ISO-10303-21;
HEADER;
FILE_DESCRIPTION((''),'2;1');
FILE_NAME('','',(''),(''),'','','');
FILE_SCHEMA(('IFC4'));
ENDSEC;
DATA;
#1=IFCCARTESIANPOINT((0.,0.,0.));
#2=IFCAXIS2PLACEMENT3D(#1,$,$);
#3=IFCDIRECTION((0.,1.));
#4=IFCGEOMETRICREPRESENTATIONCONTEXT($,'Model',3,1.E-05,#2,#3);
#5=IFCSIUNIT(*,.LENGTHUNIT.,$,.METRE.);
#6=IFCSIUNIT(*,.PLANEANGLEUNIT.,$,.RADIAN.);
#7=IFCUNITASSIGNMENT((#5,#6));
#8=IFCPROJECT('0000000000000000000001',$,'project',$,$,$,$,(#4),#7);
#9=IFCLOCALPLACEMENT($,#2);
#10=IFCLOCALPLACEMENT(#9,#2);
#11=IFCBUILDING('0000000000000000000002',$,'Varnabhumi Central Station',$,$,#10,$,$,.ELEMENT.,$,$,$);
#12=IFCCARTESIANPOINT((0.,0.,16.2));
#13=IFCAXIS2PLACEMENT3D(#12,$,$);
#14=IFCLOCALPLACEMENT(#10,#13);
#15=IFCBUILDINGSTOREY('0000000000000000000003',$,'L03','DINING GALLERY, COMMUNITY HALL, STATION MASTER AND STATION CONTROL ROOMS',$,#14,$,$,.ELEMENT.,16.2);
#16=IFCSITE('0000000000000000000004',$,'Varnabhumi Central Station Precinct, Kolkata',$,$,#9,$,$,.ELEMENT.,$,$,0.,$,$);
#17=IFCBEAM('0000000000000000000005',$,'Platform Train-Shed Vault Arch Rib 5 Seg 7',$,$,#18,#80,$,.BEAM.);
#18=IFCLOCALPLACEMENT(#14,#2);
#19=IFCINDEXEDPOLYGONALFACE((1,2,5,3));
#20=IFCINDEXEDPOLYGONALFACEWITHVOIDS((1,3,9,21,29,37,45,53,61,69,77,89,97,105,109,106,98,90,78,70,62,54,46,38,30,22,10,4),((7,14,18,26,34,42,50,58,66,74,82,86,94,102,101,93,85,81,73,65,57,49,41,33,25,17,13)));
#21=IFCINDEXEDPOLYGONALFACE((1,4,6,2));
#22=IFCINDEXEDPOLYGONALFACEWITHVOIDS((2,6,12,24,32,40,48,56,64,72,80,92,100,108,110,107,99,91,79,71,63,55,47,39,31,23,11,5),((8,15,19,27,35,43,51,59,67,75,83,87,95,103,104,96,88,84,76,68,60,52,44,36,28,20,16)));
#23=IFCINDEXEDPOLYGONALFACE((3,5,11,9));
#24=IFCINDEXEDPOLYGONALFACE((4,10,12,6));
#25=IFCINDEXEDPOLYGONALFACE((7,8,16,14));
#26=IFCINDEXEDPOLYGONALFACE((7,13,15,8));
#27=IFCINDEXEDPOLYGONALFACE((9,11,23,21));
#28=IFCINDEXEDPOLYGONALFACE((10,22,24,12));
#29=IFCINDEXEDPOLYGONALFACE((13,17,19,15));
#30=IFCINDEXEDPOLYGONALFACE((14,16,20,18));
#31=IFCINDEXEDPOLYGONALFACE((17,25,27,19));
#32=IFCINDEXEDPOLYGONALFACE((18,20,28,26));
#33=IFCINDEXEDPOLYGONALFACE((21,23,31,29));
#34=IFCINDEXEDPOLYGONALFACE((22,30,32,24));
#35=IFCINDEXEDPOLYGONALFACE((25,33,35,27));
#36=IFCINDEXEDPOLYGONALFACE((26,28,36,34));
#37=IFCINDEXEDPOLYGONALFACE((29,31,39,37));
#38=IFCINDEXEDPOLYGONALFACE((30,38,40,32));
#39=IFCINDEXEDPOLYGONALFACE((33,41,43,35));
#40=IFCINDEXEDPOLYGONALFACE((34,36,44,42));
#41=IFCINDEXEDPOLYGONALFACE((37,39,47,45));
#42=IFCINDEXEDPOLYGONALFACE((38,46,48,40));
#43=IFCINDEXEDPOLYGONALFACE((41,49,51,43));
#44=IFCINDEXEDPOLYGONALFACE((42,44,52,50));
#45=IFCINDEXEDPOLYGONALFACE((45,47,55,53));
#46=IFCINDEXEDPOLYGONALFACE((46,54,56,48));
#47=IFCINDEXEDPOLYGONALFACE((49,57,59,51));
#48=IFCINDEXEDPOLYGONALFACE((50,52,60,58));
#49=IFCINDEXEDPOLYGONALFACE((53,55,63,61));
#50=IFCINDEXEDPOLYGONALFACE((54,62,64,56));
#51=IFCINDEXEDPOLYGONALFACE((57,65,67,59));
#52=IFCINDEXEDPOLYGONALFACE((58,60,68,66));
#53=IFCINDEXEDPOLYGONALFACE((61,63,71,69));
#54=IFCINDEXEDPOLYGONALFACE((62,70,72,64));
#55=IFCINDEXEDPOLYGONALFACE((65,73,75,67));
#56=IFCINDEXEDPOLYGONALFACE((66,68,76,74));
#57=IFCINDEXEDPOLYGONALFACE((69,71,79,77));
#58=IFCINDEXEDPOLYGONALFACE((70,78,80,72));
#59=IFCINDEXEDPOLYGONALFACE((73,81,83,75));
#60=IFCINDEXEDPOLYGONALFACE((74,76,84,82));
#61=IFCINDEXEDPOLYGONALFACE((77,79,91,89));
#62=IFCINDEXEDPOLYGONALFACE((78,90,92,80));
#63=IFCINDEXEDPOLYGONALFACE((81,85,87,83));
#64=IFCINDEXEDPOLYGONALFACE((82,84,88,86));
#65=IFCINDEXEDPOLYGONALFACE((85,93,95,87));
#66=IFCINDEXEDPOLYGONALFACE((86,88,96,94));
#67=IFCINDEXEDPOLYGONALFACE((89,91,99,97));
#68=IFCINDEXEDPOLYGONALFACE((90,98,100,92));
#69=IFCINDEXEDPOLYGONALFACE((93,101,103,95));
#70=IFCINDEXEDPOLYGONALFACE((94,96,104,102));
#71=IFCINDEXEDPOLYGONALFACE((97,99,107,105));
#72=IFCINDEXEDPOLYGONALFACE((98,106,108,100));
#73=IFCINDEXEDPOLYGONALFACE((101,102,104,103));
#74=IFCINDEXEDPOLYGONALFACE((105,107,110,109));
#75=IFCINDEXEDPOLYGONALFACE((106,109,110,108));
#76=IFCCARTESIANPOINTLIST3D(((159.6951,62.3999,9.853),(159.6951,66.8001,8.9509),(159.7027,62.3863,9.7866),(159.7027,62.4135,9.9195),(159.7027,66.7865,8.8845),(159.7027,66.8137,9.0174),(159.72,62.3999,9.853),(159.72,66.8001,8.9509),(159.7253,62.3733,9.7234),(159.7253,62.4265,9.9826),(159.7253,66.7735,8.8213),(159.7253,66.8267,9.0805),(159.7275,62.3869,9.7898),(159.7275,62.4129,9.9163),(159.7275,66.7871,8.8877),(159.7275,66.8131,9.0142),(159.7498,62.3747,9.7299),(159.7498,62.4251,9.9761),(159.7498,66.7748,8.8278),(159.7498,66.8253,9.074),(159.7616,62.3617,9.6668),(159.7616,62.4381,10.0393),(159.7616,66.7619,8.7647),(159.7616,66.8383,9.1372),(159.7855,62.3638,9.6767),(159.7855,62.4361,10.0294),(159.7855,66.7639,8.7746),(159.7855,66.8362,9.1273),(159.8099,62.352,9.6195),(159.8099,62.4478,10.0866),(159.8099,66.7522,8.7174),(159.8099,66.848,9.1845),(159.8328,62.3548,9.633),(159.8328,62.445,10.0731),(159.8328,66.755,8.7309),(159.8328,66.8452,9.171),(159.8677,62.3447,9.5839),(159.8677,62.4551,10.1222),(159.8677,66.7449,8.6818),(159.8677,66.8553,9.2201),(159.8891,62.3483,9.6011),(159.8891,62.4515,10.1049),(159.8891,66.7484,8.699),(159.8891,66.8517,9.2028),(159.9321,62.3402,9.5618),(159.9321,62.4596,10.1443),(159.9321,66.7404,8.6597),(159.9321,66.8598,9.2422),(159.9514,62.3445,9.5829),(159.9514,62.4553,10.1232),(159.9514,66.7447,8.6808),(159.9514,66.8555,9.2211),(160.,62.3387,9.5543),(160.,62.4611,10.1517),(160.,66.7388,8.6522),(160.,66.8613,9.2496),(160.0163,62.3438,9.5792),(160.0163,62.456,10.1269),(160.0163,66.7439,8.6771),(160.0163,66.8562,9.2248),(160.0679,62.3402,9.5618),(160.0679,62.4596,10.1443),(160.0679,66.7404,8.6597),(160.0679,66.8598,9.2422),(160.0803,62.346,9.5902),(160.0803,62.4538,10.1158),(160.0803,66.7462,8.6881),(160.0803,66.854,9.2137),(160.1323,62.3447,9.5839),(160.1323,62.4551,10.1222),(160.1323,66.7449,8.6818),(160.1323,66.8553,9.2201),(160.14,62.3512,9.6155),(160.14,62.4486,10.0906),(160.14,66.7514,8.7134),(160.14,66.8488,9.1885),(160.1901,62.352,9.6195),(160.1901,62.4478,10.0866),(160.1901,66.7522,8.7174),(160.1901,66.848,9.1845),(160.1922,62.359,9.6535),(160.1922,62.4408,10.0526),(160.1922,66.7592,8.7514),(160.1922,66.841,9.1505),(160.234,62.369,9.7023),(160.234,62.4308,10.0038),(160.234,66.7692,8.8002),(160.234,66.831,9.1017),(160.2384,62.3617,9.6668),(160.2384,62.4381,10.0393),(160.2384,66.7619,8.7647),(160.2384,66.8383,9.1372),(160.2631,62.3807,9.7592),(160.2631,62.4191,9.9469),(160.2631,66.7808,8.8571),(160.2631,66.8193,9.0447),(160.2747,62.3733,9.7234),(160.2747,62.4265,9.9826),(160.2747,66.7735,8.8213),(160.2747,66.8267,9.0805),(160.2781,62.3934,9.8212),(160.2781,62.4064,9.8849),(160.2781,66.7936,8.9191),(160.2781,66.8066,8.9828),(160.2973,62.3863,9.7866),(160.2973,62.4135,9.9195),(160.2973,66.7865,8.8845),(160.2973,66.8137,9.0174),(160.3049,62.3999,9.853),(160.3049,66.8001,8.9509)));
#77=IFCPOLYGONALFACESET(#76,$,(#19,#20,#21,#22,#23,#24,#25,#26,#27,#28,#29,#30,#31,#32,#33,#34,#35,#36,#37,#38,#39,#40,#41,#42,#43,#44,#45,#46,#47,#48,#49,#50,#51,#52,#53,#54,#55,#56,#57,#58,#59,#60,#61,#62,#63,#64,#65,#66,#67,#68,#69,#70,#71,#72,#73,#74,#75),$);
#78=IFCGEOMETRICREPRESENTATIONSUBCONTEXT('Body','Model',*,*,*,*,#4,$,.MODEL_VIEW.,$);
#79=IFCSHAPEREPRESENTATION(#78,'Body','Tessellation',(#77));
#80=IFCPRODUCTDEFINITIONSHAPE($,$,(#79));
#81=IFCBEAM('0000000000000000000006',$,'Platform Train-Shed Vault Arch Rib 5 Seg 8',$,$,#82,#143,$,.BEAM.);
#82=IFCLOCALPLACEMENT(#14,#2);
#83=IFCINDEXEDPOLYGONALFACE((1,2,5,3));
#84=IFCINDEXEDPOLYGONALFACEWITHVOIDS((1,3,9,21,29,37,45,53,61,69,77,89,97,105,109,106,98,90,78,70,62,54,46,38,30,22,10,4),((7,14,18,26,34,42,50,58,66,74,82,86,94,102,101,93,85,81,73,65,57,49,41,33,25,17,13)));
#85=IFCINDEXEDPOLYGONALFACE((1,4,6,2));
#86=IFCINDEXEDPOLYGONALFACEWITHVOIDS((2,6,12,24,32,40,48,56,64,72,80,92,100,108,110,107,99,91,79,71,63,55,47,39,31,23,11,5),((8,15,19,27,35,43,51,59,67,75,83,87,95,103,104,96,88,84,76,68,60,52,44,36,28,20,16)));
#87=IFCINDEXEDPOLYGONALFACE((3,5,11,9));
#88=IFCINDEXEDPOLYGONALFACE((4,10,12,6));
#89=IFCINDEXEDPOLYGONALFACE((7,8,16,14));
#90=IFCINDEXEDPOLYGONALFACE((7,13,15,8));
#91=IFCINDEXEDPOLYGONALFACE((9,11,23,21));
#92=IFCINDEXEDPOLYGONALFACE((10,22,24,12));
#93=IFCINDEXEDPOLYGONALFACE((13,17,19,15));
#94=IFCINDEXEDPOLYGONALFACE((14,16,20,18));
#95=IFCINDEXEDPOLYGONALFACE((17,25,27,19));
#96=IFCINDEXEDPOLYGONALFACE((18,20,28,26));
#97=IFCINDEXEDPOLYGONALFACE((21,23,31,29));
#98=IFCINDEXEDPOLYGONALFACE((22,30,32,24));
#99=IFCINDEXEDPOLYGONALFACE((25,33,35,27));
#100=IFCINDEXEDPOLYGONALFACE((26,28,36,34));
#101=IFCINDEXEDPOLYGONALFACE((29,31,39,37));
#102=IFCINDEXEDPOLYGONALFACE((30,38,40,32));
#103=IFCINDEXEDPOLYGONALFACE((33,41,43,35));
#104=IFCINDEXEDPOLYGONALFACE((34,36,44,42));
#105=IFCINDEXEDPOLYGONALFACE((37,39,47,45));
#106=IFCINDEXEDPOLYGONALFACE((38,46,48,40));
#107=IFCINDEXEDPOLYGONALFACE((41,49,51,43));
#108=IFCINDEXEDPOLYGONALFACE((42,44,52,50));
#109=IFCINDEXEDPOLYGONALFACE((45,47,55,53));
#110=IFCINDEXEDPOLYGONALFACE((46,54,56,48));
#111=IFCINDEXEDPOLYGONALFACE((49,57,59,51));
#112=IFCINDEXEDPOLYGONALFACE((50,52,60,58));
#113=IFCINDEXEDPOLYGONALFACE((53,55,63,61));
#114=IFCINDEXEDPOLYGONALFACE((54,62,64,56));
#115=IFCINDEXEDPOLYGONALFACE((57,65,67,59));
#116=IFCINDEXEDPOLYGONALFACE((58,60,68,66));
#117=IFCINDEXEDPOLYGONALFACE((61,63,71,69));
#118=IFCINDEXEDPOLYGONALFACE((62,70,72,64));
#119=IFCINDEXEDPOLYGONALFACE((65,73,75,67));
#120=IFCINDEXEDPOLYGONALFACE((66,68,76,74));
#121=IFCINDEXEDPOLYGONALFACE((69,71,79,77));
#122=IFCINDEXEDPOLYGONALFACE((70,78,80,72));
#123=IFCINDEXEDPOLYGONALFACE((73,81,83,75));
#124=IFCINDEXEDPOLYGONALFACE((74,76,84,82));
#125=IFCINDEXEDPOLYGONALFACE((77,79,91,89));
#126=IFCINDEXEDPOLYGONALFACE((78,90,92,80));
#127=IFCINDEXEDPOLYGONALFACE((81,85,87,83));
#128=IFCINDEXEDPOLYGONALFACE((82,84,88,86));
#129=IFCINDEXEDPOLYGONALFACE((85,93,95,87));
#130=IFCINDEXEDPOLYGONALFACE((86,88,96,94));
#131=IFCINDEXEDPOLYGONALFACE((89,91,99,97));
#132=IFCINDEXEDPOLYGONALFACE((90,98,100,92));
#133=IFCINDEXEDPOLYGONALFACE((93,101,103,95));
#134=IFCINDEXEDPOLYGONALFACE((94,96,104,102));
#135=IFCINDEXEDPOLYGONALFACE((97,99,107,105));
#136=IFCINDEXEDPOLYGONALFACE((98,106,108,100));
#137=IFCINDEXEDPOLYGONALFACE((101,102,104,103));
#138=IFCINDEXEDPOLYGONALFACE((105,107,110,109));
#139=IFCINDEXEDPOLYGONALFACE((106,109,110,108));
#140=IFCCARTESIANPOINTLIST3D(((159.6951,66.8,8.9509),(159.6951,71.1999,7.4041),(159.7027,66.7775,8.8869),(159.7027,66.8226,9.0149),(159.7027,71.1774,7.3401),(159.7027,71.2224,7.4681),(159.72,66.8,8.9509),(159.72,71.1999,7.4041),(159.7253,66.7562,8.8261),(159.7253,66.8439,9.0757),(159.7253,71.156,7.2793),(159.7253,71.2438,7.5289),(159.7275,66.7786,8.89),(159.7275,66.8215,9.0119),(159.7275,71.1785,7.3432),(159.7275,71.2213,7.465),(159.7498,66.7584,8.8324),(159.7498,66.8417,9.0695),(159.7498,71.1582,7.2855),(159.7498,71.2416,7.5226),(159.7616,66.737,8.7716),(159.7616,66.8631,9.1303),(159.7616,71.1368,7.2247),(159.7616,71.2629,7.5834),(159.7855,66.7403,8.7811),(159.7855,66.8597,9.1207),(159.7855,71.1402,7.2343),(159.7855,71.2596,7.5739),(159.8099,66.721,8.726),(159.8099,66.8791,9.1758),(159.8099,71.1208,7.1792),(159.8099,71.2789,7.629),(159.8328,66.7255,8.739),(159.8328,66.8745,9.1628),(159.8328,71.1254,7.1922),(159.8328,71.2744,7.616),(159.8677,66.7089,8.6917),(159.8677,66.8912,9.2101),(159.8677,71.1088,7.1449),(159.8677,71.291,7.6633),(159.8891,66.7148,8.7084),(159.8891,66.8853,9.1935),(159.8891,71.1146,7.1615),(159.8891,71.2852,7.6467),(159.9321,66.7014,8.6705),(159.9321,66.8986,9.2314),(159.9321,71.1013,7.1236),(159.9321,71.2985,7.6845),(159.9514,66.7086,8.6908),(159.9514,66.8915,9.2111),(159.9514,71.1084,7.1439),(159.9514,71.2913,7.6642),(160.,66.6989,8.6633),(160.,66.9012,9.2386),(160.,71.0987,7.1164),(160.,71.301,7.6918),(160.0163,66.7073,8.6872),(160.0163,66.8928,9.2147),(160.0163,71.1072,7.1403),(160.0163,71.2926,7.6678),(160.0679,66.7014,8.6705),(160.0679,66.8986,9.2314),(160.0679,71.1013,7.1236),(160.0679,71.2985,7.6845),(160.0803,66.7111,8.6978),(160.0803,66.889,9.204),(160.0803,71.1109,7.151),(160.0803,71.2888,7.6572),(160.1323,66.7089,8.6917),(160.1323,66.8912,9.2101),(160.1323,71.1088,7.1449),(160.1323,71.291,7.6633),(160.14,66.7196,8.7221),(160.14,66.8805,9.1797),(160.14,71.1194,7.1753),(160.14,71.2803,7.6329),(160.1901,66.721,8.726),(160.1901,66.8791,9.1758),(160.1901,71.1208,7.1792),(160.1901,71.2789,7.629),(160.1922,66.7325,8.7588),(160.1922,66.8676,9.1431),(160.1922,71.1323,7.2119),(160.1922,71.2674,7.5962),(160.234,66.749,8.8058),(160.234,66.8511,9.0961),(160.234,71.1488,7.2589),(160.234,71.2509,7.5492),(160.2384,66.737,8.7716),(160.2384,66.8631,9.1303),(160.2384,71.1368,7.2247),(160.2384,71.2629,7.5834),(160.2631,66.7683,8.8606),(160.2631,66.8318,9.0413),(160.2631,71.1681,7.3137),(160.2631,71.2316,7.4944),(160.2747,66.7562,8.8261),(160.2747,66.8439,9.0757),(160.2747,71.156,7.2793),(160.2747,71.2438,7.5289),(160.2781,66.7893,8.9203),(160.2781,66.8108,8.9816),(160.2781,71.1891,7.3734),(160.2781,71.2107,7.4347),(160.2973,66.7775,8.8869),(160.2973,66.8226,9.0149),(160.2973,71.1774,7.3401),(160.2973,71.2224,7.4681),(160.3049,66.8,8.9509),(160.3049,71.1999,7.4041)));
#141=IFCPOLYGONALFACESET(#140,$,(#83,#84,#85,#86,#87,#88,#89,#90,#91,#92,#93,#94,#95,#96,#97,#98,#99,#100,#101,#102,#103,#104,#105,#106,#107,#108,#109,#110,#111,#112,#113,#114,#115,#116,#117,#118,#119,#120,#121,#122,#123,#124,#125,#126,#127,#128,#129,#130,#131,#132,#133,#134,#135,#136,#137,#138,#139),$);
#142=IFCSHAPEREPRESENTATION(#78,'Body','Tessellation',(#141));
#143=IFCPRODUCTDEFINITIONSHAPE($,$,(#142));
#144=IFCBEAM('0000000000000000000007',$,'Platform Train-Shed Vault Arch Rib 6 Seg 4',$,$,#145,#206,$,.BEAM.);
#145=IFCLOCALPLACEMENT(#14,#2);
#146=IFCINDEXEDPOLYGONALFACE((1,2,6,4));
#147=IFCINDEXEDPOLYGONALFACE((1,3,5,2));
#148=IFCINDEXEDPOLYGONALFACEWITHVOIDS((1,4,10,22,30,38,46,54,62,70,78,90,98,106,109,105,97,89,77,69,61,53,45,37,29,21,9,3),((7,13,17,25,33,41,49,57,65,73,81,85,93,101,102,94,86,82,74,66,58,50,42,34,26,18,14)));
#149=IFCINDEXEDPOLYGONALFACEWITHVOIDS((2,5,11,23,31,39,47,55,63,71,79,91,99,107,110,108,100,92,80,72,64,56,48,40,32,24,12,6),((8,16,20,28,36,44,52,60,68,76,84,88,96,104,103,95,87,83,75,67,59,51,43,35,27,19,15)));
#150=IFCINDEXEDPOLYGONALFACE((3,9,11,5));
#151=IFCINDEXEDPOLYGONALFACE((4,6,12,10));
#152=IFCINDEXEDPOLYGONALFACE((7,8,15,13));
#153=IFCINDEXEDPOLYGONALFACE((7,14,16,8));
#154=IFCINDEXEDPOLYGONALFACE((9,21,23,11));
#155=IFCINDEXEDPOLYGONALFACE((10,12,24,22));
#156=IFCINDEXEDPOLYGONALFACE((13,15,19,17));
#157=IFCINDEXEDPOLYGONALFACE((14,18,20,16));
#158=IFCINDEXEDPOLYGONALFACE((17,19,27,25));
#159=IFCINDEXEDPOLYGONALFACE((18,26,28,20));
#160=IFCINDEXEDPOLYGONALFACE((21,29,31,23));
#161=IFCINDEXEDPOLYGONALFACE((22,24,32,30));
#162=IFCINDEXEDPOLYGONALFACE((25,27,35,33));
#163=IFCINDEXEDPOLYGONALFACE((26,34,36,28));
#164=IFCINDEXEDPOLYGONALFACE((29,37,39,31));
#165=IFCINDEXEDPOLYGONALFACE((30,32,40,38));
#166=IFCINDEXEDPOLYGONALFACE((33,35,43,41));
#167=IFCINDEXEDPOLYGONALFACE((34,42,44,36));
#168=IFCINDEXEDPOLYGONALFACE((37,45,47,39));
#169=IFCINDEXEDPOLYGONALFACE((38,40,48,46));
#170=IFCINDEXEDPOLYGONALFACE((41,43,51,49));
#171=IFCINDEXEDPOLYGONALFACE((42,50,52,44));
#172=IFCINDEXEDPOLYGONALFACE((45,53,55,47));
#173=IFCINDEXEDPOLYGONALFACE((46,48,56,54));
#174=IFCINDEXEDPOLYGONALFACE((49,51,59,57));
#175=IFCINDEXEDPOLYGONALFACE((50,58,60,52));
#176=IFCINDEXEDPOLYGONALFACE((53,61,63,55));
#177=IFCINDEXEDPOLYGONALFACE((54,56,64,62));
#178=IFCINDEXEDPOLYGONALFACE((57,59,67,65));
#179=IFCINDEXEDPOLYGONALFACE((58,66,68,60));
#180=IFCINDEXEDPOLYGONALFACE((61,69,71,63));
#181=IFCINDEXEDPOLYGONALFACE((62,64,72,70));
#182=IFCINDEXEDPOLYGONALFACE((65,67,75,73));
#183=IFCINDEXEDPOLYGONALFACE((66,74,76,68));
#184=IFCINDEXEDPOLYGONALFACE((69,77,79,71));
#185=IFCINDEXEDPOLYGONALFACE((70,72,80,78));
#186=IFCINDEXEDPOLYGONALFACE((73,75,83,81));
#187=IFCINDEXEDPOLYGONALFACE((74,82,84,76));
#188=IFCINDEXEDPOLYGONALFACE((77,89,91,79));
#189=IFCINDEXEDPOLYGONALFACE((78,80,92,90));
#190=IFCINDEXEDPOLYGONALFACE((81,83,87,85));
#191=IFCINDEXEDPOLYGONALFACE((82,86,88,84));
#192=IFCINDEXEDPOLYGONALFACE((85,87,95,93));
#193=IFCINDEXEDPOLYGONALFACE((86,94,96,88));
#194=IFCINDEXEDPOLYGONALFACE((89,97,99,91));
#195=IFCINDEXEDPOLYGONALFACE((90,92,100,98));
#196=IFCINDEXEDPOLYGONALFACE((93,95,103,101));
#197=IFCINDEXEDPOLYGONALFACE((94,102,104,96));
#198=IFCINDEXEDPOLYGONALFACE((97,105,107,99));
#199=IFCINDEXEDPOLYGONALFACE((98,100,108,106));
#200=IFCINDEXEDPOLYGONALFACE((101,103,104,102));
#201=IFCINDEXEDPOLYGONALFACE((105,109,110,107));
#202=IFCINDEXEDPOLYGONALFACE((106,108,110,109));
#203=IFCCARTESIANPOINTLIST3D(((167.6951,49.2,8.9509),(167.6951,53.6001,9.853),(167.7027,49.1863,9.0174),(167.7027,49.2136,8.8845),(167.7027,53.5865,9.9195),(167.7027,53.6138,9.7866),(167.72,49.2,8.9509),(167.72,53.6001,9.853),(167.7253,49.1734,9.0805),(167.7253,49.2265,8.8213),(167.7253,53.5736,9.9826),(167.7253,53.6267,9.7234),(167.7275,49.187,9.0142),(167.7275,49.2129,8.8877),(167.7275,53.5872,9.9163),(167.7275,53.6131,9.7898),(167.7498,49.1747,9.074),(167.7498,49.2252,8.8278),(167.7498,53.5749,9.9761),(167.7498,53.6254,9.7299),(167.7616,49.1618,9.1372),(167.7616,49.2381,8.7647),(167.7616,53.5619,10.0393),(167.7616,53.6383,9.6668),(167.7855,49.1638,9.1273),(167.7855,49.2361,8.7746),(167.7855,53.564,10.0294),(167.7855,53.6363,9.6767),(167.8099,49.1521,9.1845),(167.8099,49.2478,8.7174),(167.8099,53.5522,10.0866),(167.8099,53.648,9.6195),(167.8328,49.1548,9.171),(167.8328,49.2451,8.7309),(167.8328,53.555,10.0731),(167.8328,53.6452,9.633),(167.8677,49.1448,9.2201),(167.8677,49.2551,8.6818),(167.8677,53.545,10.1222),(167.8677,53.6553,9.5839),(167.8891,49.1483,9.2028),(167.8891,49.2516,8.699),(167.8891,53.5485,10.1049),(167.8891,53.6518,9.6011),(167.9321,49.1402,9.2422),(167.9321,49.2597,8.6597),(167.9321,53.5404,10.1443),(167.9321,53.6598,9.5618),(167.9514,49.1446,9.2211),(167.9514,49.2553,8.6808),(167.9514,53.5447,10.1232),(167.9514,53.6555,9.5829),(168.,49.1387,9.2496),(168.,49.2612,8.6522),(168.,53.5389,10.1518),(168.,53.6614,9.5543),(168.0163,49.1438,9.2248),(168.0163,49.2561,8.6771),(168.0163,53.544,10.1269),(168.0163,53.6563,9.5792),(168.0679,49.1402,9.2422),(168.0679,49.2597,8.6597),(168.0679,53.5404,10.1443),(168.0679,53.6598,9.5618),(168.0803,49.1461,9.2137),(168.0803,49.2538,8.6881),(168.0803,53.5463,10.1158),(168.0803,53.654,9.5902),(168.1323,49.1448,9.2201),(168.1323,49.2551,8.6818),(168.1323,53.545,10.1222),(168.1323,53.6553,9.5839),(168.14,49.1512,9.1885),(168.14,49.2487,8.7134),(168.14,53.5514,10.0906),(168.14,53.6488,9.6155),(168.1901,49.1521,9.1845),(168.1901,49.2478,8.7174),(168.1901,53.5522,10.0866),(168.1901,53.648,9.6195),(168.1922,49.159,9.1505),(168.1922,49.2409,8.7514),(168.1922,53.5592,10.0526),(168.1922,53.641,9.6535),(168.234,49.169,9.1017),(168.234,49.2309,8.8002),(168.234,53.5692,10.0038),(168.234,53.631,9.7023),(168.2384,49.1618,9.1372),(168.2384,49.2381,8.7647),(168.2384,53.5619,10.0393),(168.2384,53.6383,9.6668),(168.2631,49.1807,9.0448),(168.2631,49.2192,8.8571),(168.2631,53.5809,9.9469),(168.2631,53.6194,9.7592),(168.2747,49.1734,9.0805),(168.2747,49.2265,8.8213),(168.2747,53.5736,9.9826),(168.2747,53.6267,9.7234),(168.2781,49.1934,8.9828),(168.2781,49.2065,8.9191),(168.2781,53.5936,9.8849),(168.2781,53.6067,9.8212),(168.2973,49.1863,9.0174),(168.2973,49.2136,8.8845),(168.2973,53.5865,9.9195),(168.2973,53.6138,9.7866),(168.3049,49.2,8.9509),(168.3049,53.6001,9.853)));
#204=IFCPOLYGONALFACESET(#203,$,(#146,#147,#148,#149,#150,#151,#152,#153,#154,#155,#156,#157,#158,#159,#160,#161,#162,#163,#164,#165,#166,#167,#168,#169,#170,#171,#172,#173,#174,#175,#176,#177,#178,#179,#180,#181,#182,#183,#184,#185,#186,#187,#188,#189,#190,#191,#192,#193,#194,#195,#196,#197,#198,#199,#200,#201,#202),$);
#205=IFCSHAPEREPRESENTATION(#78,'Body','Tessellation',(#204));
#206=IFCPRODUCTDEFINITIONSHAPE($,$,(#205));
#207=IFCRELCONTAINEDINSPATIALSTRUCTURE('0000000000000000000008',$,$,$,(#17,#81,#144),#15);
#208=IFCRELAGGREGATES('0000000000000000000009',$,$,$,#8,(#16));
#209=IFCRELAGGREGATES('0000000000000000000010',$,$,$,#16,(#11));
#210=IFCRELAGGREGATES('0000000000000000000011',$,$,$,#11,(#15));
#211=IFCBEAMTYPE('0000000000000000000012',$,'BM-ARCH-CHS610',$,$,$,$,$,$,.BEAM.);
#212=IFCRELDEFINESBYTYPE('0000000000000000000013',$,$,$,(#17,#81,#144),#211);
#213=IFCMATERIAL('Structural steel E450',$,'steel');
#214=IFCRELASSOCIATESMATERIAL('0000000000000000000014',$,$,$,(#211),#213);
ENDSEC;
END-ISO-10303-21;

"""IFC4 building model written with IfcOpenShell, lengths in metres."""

from ifc_helpers import new_model, si_unit, direction, frame, origin, origin_2d, place, context, subcontext, project, spatial, hollow_circle, extrude, material, material_profile, profile_set, type_object, element, save


model = new_model("IFC4")

# Units and contexts
model_context = context("Model", 3, precision=1e-05, world=origin(), true_north=direction((0.0, 1.0)))
body_context = subcontext(model_context, "Body", "Model", "MODEL_VIEW")
ifc_project = project(units=[si_unit("LENGTHUNIT", "METRE"), si_unit("PLANEANGLEUNIT", "RADIAN")], contexts=[model_context])

# Site, building, storey
site_placement = place(None, origin())
site = spatial("IfcSite", under=ifc_project, at=site_placement, Name="Varnabhumi Central Station Precinct, Kolkata", CompositionType="ELEMENT", RefElevation=0.0)
building_placement = place(site_placement, origin())
building = spatial("IfcBuilding", under=site, at=building_placement, Name="Varnabhumi Central Station", CompositionType="ELEMENT")
storey_placement = place(building_placement, frame((0.0, 0.0, 16.2)))
storey = spatial("IfcBuildingStorey", under=building, at=storey_placement, Name="L03", Description="DINING GALLERY, COMMUNITY HALL, STATION MASTER AND STATION CONTROL ROOMS", CompositionType="ELEMENT", Elevation=16.2)

# Beams
ifc_material_1 = material(Name="Structural steel E450", Category="steel")
ifc_material_profile_1 = material_profile(ifc_material_1, hollow_circle(Radius=0.3049, WallThickness=0.0249, at=origin_2d()), Name="Structural steel E450", Category="steel")
ifc_profile_set_1 = profile_set([ifc_material_profile_1], Name="Structural steel E450")
beam_type_1 = type_object("IfcBeamType", Name="BM-ARCH-CHS610", PredefinedType="BEAM", material=ifc_profile_set_1)
beam_1_placement = place(storey_placement, frame((160.0, 62.3999, 9.853), z_axis=(0.0, 0.979624, -0.200838), x_axis=(-1.0, 0.0, 0.0)))
element("IfcBeam", 1, at=beam_1_placement, inside=storey, type_object=beam_type_1, Name="Platform Train-Shed Vault Arch Rib 5 Seg 7", PredefinedType="BEAM", context=body_context, shape_type="SweptSolid", body=[
    extrude(hollow_circle(Radius=0.3049, WallThickness=0.0249, at=origin_2d()), origin(), (0.0, 0.0, 1.0), 4.4917),
])
beam_2_placement = place(storey_placement, frame((160.0, 66.8, 8.9509), z_axis=(0.0, 0.943396, -0.33167), x_axis=(-1.0, 0.0, 0.0)))
element("IfcBeam", 2, at=beam_2_placement, inside=storey, type_object=beam_type_1, Name="Platform Train-Shed Vault Arch Rib 5 Seg 8", PredefinedType="BEAM", context=body_context, shape_type="SweptSolid", body=[
    extrude(hollow_circle(Radius=0.3049, WallThickness=0.0249, at=origin_2d()), origin(), (0.0, 0.0, 1.0), 4.6638),
])
beam_3_placement = place(storey_placement, frame((168.0, 49.2, 8.9509), z_axis=(0.0, 0.979624, 0.200838), x_axis=(-1.0, 0.0, 0.0)))
element("IfcBeam", 3, at=beam_3_placement, inside=storey, type_object=beam_type_1, Name="Platform Train-Shed Vault Arch Rib 6 Seg 4", PredefinedType="BEAM", context=body_context, shape_type="SweptSolid", body=[
    extrude(hollow_circle(Radius=0.3049, WallThickness=0.0249, at=origin_2d()), origin(), (0.0, 0.0, 1.0), 4.4917),
])

save(model, "model.ifc")
